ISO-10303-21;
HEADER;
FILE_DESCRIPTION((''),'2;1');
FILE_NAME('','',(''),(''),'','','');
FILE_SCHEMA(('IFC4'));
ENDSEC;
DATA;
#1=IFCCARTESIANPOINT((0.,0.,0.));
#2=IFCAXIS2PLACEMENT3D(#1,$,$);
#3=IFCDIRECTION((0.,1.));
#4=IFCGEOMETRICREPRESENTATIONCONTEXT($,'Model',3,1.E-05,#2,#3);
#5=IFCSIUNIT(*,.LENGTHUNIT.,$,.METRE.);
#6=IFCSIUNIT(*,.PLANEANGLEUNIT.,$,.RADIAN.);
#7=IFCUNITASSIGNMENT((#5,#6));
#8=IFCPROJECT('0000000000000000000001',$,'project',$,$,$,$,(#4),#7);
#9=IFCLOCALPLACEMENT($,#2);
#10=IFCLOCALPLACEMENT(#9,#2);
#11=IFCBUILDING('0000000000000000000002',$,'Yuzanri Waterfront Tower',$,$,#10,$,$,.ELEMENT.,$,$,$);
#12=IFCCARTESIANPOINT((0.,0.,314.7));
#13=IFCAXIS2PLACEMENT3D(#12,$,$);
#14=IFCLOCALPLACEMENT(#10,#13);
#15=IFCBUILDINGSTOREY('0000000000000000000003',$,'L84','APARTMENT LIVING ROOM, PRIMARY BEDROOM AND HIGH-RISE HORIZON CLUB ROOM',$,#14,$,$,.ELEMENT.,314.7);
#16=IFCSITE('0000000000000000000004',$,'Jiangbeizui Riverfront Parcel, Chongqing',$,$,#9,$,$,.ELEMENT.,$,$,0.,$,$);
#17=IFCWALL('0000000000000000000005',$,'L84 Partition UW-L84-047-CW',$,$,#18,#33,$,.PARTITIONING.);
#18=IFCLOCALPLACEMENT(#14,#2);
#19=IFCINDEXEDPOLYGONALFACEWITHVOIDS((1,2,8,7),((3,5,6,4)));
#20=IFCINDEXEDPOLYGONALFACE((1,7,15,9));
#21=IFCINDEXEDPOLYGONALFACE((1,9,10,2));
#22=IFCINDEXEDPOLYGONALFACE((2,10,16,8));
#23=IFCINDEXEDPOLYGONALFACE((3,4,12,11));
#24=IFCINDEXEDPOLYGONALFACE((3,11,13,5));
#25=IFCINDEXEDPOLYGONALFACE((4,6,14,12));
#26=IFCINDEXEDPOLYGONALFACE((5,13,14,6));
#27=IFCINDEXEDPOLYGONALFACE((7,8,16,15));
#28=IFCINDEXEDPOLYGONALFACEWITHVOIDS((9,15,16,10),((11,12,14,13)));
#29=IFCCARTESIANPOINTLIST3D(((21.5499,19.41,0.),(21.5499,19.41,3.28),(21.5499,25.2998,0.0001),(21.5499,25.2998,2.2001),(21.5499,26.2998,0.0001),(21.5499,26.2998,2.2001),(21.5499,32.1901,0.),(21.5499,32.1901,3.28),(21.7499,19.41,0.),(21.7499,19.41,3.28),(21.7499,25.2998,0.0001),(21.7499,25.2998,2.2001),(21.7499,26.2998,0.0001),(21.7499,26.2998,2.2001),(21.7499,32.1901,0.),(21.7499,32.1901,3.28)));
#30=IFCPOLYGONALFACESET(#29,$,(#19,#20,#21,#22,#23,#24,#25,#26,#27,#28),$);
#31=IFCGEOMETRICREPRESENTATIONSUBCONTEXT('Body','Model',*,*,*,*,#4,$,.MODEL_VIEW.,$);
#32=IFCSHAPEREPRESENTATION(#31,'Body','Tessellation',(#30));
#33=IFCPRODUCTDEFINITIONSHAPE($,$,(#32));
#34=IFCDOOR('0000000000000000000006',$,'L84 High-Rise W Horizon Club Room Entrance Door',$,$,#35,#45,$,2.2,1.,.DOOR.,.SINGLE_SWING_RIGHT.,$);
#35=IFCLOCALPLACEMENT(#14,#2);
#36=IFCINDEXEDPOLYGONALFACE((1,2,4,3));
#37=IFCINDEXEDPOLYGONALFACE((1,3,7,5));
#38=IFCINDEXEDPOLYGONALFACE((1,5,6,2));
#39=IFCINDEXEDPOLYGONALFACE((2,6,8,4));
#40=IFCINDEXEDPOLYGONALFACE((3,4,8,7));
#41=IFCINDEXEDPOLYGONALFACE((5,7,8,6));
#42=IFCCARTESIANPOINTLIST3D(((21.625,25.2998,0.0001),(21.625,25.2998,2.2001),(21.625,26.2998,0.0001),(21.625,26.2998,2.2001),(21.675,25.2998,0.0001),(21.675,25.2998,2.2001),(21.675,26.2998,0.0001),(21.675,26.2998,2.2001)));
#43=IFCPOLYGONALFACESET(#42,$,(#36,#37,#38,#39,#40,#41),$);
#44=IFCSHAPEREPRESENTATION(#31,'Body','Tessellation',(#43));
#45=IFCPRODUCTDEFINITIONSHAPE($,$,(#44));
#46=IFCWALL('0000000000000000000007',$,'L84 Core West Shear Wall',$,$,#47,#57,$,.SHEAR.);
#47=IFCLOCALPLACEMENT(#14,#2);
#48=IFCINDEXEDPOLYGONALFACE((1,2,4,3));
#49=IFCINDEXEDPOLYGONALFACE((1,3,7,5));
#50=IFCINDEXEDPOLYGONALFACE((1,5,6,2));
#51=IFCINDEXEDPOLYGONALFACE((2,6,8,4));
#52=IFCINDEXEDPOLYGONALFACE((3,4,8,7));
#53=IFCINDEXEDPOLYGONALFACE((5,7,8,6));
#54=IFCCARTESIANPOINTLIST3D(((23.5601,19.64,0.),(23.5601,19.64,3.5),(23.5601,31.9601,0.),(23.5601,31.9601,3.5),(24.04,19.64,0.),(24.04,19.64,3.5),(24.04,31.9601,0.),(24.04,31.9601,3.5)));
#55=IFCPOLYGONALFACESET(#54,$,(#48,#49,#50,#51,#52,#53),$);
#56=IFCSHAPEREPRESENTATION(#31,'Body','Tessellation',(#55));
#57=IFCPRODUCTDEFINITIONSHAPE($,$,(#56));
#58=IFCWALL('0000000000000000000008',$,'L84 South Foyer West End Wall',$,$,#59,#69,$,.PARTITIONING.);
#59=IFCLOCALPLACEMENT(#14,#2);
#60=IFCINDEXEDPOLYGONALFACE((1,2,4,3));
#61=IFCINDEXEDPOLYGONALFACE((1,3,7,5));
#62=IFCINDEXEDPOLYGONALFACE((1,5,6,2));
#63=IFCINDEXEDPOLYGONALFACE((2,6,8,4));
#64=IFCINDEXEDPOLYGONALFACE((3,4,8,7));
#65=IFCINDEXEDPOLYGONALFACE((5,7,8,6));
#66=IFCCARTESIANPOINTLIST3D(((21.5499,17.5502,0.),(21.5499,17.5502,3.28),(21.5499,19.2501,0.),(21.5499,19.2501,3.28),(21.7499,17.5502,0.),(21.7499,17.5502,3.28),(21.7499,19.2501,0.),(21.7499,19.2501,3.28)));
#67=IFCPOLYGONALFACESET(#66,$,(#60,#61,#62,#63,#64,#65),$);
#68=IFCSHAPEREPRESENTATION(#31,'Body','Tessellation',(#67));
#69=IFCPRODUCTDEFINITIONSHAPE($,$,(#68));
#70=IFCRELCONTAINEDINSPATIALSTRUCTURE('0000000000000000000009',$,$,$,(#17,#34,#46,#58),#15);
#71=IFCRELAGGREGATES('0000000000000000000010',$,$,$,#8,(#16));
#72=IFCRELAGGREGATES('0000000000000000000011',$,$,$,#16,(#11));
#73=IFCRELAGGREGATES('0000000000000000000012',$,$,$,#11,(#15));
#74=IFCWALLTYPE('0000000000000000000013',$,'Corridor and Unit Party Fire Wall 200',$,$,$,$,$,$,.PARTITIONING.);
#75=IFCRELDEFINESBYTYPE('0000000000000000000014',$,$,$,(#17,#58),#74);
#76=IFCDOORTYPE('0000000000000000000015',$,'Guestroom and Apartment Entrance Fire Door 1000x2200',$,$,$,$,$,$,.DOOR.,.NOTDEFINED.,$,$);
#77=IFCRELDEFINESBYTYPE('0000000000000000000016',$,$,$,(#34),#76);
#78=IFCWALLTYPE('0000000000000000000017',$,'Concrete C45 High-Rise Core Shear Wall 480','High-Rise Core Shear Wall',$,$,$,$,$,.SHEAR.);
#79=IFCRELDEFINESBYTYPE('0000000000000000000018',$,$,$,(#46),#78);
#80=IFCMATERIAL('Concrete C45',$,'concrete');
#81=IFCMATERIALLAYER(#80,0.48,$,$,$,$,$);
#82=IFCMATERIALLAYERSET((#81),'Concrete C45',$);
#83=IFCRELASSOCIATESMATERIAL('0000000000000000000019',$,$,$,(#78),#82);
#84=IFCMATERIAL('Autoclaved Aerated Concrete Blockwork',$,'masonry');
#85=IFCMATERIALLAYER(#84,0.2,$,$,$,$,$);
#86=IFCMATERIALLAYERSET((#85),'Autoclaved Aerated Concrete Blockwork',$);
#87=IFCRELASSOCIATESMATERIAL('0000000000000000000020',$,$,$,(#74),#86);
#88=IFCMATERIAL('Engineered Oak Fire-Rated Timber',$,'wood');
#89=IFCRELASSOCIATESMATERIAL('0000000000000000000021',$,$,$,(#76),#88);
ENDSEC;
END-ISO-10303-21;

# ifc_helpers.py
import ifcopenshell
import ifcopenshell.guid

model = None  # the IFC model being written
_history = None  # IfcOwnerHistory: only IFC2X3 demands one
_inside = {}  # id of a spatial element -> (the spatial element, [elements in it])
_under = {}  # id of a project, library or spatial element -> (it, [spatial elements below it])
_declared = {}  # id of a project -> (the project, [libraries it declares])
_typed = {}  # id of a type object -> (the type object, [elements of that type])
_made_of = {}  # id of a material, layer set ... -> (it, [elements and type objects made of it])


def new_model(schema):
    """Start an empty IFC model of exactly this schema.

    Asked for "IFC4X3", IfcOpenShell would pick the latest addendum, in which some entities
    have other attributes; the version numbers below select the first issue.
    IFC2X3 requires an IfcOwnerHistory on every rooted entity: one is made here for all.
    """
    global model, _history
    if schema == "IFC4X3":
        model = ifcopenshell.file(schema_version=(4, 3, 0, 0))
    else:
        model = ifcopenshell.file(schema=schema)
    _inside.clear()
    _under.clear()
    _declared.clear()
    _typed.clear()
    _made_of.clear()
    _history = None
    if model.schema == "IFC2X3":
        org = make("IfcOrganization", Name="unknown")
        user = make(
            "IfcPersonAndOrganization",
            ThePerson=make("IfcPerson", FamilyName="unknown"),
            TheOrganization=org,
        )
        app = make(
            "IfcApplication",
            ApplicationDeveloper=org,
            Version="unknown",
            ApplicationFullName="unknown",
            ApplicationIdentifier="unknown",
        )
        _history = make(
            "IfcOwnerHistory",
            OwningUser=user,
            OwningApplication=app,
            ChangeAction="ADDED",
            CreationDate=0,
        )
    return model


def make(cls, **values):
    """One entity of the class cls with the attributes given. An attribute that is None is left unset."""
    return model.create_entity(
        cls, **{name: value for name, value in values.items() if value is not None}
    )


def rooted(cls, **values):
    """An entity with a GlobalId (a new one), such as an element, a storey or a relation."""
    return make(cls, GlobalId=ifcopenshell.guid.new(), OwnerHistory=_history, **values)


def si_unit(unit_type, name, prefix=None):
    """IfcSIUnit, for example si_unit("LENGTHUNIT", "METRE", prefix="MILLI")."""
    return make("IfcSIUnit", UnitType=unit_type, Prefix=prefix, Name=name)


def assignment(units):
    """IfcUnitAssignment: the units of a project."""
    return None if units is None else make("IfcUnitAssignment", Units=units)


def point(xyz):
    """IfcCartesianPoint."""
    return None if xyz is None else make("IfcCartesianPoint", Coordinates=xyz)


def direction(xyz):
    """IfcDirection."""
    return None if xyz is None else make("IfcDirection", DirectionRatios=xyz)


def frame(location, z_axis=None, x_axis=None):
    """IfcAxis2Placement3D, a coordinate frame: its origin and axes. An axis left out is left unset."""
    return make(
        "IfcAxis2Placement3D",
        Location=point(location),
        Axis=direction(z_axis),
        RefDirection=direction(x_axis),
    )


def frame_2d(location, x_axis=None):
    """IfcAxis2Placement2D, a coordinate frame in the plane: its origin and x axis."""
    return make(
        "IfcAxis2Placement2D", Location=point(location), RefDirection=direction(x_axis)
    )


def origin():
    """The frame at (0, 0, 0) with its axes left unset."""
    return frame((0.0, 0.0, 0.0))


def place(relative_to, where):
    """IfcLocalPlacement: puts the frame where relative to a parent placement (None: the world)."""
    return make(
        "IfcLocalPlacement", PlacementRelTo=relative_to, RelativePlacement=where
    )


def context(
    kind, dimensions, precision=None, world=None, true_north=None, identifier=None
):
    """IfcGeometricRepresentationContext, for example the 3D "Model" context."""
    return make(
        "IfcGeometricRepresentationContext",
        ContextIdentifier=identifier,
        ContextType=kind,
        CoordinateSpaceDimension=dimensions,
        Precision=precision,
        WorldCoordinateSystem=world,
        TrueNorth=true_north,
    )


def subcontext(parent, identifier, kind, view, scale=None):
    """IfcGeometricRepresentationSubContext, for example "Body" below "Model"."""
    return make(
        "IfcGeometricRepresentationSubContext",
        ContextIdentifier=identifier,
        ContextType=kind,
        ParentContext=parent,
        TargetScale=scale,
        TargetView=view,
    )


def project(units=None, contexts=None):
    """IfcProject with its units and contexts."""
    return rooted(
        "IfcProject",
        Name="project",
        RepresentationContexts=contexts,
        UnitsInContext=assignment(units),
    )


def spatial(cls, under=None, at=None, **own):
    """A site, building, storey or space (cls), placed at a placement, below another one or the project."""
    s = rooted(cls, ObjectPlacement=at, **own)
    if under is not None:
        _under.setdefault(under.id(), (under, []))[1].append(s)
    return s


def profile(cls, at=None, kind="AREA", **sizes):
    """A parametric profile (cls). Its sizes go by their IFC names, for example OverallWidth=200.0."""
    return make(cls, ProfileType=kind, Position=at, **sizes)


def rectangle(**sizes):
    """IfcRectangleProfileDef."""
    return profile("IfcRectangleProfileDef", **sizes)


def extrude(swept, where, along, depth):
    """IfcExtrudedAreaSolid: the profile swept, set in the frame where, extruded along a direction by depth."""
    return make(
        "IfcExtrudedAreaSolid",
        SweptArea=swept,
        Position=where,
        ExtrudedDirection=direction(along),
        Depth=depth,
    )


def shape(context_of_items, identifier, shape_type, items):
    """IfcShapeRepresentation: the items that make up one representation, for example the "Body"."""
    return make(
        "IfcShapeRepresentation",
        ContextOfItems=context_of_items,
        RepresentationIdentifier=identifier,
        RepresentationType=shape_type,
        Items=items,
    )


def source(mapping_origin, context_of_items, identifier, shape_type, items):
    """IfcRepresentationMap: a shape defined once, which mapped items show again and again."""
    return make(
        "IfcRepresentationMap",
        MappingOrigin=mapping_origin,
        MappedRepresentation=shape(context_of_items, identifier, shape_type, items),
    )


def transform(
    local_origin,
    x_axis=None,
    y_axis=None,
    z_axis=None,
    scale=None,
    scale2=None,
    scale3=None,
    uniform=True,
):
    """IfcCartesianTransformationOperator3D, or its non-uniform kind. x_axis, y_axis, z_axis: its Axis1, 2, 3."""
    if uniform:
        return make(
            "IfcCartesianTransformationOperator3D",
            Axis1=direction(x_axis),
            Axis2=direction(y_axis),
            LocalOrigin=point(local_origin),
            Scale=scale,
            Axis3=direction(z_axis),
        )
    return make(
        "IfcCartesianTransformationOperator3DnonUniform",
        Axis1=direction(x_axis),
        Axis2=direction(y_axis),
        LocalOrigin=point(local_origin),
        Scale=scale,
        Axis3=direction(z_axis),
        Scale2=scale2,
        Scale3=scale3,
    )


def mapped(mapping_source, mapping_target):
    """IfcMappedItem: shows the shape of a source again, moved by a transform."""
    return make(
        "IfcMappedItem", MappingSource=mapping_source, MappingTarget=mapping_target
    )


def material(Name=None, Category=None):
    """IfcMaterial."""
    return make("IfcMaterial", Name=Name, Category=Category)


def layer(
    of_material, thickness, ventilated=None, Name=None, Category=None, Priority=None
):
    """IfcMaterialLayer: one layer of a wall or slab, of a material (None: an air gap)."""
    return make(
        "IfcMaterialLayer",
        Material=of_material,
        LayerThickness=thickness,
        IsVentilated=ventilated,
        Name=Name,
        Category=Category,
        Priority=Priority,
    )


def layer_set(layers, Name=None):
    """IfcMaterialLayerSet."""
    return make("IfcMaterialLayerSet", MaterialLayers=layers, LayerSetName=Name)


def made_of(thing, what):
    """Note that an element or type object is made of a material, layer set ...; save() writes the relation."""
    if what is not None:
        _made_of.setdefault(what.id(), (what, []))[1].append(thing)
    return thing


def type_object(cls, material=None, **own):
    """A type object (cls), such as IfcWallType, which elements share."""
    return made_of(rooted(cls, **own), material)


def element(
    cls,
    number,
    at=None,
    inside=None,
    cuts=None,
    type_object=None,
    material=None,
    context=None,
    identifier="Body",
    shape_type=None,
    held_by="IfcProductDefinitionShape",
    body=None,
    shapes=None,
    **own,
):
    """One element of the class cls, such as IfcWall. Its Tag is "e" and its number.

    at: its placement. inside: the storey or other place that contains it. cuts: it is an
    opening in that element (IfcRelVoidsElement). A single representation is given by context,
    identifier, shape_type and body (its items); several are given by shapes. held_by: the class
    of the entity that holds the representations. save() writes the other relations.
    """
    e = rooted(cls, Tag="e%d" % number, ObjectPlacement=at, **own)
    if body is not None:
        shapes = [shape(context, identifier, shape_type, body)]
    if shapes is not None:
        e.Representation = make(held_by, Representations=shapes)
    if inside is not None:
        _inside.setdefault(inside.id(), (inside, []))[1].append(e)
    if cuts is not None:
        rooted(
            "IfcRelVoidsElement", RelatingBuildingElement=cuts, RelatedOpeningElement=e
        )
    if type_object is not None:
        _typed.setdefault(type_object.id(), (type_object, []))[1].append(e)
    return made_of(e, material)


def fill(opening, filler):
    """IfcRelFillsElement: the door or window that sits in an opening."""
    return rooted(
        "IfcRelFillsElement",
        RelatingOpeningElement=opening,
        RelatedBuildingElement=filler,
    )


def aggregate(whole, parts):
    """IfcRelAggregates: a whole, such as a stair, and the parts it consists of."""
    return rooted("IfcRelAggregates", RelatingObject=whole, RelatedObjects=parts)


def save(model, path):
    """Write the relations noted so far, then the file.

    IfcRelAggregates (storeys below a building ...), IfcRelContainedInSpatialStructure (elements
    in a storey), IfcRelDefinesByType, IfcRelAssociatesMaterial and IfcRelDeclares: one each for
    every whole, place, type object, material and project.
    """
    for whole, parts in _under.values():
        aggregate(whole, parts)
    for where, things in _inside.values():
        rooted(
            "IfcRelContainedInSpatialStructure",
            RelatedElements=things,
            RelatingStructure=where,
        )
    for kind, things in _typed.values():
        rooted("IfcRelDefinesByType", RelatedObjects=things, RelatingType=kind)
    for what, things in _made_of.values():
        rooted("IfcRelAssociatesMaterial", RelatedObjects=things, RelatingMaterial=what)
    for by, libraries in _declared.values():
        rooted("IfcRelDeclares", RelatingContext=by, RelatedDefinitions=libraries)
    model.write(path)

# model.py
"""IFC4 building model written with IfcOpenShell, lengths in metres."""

from ifc_helpers import new_model, si_unit, direction, frame, frame_2d, origin, place, context, subcontext, project, spatial, rectangle, extrude, source, transform, mapped, material, layer, layer_set, type_object, element, fill, save


model = new_model("IFC4")

# Units and contexts
model_context = context("Model", 3, precision=1e-05, world=origin(), true_north=direction((0.0, 1.0)))
body_context = subcontext(model_context, "Body", "Model", "MODEL_VIEW")
ifc_project = project(units=[si_unit("LENGTHUNIT", "METRE"), si_unit("PLANEANGLEUNIT", "RADIAN")], contexts=[model_context])

# Site, building, storey
site_placement = place(None, origin())
site = spatial("IfcSite", under=ifc_project, at=site_placement, Name="Jiangbeizui Riverfront Parcel, Chongqing", CompositionType="ELEMENT", RefElevation=0.0)
building_placement = place(site_placement, origin())
building = spatial("IfcBuilding", under=site, at=building_placement, Name="Yuzanri Waterfront Tower", CompositionType="ELEMENT")
storey_placement = place(building_placement, frame((0.0, 0.0, 314.7)))
storey = spatial("IfcBuildingStorey", under=building, at=storey_placement, Name="L84", Description="APARTMENT LIVING ROOM, PRIMARY BEDROOM AND HIGH-RISE HORIZON CLUB ROOM", CompositionType="ELEMENT", Elevation=314.7)

# Shared definitions
ifc_material_1 = material(Name="Concrete C45", Category="concrete")
ifc_layer_1 = layer(ifc_material_1, 0.48)
ifc_layer_set_1 = layer_set([ifc_layer_1], Name="Concrete C45")
wall_type_1 = type_object("IfcWallType", Name="Concrete C45 High-Rise Core Shear Wall 480", Description="High-Rise Core Shear Wall", PredefinedType="SHEAR", material=ifc_layer_set_1)

# Wall, opening, door
ifc_material_2 = material(Name="Autoclaved Aerated Concrete Blockwork", Category="masonry")
ifc_layer_2 = layer(ifc_material_2, 0.2)
ifc_layer_set_2 = layer_set([ifc_layer_2], Name="Autoclaved Aerated Concrete Blockwork")
wall_type_2 = type_object("IfcWallType", Name="Corridor and Unit Party Fire Wall 200", PredefinedType="PARTITIONING", material=ifc_layer_set_2)
ifc_material_3 = material(Name="Engineered Oak Fire-Rated Timber", Category="wood")
door_type_1 = type_object("IfcDoorType", Name="Guestroom and Apartment Entrance Fire Door 1000x2200", OperationType="NOTDEFINED", PredefinedType="DOOR", material=ifc_material_3)
shared_shape_1 = source(origin(), body_context, "Body", "SweptSolid", [
    extrude(rectangle(XDim=1.0, YDim=2.2, at=frame_2d((0.5, 1.1001))), frame((0.0, 0.0249, 0.0), z_axis=(0.0, -1.0, 0.0), x_axis=(1.0, 0.0, 0.0)), (0.0, 0.0, 1.0), 0.05),
])
wall_1_placement = place(storey_placement, frame((21.6499, 19.4099, 0.0), z_axis=(0.0, 0.0, 1.0), x_axis=(0.0, 1.0, 0.0)))
wall_1 = element("IfcWall", 1, at=wall_1_placement, inside=storey, type_object=wall_type_2, Name="L84 Partition UW-L84-047-CW", PredefinedType="PARTITIONING", context=body_context, shape_type="SweptSolid", body=[
    extrude(rectangle(XDim=12.78, YDim=0.2, at=frame_2d((6.3901, 0.0))), origin(), (0.0, 0.0, 1.0), 3.28),
])
opening_1_placement = place(wall_1_placement, frame((5.8899, 0.0, 0.0)))
opening_1 = element("IfcOpeningElement", 2, at=opening_1_placement, cuts=wall_1, PredefinedType="OPENING", context=body_context, shape_type="SweptSolid", body=[
    extrude(rectangle(XDim=1.0, YDim=2.2, at=frame_2d((0.5, 1.1001))), frame((0.0, 0.1147, 0.0), z_axis=(0.0, -1.0, 0.0), x_axis=(1.0, 0.0, 0.0)), (0.0, 0.0, 1.0), 0.2297),
])
door_1_placement = place(opening_1_placement, origin())
door_1 = element("IfcDoor", 3, at=door_1_placement, inside=storey, type_object=door_type_1, Name="L84 High-Rise W Horizon Club Room Entrance Door", OperationType="SINGLE_SWING_RIGHT", OverallHeight=2.2, OverallWidth=1.0, PredefinedType="DOOR", context=body_context, shape_type="MappedRepresentation", body=[
    mapped(shared_shape_1, transform((0.0, 0.0, 0.0), scale=1.0)),
])
fill(opening_1, door_1)

# Walls
shared_shape_2 = source(origin(), body_context, "Body", "SweptSolid", [
    extrude(rectangle(XDim=12.3201, YDim=0.48, at=frame_2d((6.1602, 0.0))), origin(), (0.0, 0.0, 1.0), 3.5),
])
wall_2_placement = place(storey_placement, frame((23.8, 19.6399, 0.0), z_axis=(0.0, 0.0, 1.0), x_axis=(0.0, 1.0, 0.0)))
element("IfcWall", 4, at=wall_2_placement, inside=storey, type_object=wall_type_1, Name="L84 Core West Shear Wall", PredefinedType="SHEAR", context=body_context, shape_type="MappedRepresentation", body=[
    mapped(shared_shape_2, transform((0.0, 0.0, 0.0), scale=1.0)),
])
shared_shape_3 = source(origin(), body_context, "Body", "SweptSolid", [
    extrude(rectangle(XDim=1.7, YDim=0.2, at=frame_2d((0.8501, 0.0))), origin(), (0.0, 0.0, 1.0), 3.28),
])
wall_3_placement = place(storey_placement, frame((21.6499, 17.55, 0.0), z_axis=(0.0, 0.0, 1.0), x_axis=(0.0, 1.0, 0.0)))
element("IfcWall", 5, at=wall_3_placement, inside=storey, type_object=wall_type_2, Name="L84 South Foyer West End Wall", PredefinedType="PARTITIONING", context=body_context, shape_type="MappedRepresentation", body=[
    mapped(shared_shape_3, transform((0.0, 0.0, 0.0), scale=1.0)),
])

save(model, "model.ifc")
